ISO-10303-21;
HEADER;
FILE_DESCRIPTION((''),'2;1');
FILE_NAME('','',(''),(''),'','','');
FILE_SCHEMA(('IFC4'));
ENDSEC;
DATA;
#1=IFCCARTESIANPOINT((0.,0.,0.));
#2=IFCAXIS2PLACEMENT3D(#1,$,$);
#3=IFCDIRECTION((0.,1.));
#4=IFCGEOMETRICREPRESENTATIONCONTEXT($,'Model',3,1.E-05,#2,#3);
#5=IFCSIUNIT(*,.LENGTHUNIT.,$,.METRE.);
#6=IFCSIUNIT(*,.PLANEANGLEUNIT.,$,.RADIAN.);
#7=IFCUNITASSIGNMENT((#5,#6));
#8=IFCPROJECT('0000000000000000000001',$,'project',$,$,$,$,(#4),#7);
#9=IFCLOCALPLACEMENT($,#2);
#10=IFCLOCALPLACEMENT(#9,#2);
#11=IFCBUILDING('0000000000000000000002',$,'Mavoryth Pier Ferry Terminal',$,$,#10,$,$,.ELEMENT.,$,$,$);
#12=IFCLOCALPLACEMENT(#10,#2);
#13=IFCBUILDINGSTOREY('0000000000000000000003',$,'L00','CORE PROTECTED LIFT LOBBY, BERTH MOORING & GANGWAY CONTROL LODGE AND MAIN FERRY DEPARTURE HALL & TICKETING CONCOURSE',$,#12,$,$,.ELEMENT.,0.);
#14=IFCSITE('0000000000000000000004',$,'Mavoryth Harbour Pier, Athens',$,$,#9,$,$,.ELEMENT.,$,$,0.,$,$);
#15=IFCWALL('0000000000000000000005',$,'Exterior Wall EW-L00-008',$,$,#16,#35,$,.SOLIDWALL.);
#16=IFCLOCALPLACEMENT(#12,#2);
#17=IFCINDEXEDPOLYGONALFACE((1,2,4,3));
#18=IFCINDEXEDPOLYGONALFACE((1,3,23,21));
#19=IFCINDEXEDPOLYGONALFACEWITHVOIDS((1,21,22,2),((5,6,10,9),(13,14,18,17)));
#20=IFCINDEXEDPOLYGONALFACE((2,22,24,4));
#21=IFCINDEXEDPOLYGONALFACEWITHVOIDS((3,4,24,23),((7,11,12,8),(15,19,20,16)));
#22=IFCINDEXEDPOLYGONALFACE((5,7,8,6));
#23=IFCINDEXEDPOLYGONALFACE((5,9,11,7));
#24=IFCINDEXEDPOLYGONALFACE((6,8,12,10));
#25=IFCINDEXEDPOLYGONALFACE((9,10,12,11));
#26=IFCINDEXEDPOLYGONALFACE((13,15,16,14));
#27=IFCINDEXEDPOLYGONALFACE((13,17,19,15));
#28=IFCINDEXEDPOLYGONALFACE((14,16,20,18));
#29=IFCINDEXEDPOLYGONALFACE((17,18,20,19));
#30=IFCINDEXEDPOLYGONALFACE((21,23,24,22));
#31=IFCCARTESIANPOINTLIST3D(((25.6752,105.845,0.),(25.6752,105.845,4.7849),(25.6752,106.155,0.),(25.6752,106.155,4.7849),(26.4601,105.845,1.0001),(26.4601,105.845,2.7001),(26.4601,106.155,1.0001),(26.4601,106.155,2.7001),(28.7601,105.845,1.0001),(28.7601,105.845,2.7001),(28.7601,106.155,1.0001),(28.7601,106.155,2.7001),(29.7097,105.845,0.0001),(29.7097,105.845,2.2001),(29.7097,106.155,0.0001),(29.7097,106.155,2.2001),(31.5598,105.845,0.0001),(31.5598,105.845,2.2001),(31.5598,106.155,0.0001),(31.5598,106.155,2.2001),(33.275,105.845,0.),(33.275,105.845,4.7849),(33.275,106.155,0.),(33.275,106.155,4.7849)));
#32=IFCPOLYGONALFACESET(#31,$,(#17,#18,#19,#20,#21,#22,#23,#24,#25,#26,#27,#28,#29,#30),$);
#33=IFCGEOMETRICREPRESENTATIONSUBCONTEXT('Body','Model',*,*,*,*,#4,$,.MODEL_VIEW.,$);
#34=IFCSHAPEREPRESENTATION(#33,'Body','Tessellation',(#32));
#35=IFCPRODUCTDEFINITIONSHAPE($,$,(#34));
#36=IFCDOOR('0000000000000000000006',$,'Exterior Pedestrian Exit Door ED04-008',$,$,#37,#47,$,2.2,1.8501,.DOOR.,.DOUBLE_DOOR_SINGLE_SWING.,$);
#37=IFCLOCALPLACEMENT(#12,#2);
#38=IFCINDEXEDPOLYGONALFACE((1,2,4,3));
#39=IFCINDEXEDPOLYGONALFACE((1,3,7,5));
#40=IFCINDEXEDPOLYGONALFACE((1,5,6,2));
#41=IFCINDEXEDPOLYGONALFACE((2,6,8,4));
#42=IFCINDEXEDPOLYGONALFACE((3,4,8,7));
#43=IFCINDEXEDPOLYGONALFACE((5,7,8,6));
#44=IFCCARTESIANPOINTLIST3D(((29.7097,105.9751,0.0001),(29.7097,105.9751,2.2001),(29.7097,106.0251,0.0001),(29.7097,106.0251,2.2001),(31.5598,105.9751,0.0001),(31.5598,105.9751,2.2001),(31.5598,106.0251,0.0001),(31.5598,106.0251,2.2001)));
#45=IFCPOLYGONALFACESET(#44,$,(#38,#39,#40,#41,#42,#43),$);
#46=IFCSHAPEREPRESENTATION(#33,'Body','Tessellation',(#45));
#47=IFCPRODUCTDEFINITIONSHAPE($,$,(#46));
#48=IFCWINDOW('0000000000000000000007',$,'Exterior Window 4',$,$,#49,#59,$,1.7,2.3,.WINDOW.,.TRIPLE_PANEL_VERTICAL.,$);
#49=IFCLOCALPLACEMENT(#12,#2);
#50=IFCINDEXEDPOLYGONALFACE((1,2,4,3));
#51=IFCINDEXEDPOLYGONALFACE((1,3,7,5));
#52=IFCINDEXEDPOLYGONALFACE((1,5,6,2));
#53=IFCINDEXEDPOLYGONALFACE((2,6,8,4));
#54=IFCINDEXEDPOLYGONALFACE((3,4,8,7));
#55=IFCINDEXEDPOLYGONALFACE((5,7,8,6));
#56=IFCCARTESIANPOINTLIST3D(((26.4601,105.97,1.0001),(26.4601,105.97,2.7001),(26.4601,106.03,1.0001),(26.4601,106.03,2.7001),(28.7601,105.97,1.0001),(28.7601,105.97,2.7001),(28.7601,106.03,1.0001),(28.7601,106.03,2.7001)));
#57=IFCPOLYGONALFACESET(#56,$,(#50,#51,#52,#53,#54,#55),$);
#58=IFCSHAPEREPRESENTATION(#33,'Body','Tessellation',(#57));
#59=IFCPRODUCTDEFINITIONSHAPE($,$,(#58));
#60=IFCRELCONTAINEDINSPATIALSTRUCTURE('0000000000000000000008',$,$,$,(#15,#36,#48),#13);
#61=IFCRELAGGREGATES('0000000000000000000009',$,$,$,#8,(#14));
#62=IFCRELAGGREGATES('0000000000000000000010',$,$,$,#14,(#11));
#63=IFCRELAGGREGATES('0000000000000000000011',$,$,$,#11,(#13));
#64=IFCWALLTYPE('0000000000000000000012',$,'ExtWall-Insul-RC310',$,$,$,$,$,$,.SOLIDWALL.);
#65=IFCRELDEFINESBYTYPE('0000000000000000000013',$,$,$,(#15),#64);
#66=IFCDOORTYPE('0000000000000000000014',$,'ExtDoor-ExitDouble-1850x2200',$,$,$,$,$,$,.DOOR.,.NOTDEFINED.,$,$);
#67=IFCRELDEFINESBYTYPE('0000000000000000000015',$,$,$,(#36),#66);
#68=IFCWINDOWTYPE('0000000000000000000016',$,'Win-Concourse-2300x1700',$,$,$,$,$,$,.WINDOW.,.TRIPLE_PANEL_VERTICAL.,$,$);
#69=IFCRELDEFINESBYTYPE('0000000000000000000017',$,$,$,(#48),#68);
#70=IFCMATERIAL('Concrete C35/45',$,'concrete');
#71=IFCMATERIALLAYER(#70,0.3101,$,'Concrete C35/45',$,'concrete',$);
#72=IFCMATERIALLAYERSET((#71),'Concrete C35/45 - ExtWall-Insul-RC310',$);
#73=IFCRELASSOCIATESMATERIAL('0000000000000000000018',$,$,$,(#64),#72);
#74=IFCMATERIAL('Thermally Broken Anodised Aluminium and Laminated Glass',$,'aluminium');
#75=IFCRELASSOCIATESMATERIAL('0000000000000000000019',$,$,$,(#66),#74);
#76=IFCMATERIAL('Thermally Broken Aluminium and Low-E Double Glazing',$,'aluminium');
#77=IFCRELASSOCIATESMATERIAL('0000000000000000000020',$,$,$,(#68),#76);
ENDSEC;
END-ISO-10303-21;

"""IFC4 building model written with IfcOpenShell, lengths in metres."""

from ifc_helpers import new_model, si_unit, direction, frame, frame_2d, origin, place, context, subcontext, project, spatial, rectangle, extrude, material, layer, layer_set, type_object, element, fill, save


model = new_model("IFC4")

# Units and contexts
model_context = context("Model", 3, precision=1e-05, world=origin(), true_north=direction((0.0, 1.0)))
body_context = subcontext(model_context, "Body", "Model", "MODEL_VIEW")
ifc_project = project(units=[si_unit("LENGTHUNIT", "METRE"), si_unit("PLANEANGLEUNIT", "RADIAN")], contexts=[model_context])

# Site, building, storey
site_placement = place(None, origin())
site = spatial("IfcSite", under=ifc_project, at=site_placement, Name="Mavoryth Harbour Pier, Athens", CompositionType="ELEMENT", RefElevation=0.0)
building_placement = place(site_placement, origin())
building = spatial("IfcBuilding", under=site, at=building_placement, Name="Mavoryth Pier Ferry Terminal", CompositionType="ELEMENT")
storey_placement = place(building_placement, origin())
storey = spatial("IfcBuildingStorey", under=building, at=storey_placement, Name="L00", Description="CORE PROTECTED LIFT LOBBY, BERTH MOORING & GANGWAY CONTROL LODGE AND MAIN FERRY DEPARTURE HALL & TICKETING CONCOURSE", CompositionType="ELEMENT", Elevation=0.0)

# Shared definitions
ifc_material_1 = material(Name="Concrete C35/45", Category="concrete")

# Wall, openings, door, window
ifc_layer_1 = layer(ifc_material_1, 0.3101, Name="Concrete C35/45", Category="concrete")
ifc_layer_set_1 = layer_set([ifc_layer_1], Name="Concrete C35/45 - ExtWall-Insul-RC310")
wall_type = type_object("IfcWallType", Name="ExtWall-Insul-RC310", PredefinedType="SOLIDWALL", material=ifc_layer_set_1)
ifc_material_2 = material(Name="Thermally Broken Anodised Aluminium and Laminated Glass", Category="aluminium")
ifc_material_3 = material(Name="Thermally Broken Aluminium and Low-E Double Glazing", Category="aluminium")
wall_1_placement = place(storey_placement, frame((33.2749, 106.0, 0.0), z_axis=(0.0, 0.0, 1.0), x_axis=(-1.0, 0.0, 0.0)))
wall_1 = element("IfcWall", 1, at=wall_1_placement, inside=storey, type_object=wall_type, Name="Exterior Wall EW-L00-008", PredefinedType="SOLIDWALL", context=body_context, shape_type="SweptSolid", body=[
    extrude(rectangle(XDim=7.5999, YDim=0.3101, at=frame_2d((3.7998, 0.0))), origin(), (0.0, 0.0, 1.0), 4.7849),
])
opening_1_placement = place(wall_1_placement, frame((1.7151, 0.0, 0.0)))
opening_1 = element("IfcOpeningElement", 2, at=opening_1_placement, cuts=wall_1, PredefinedType="OPENING", context=body_context, shape_type="SweptSolid", body=[
    extrude(rectangle(XDim=1.8501, YDim=2.2, at=frame_2d((0.925, 1.1001))), frame((0.0, 0.165, 0.0), z_axis=(0.0, -1.0, 0.0), x_axis=(1.0, 0.0, 0.0)), (0.0, 0.0, 1.0), 0.3301),
])
opening_2_placement = place(wall_1_placement, frame((4.5149, 0.0, 1.0)))
opening_2 = element("IfcOpeningElement", 3, at=opening_2_placement, cuts=wall_1, PredefinedType="OPENING", context=body_context, shape_type="SweptSolid", body=[
    extrude(rectangle(XDim=2.3, YDim=1.7, at=frame_2d((1.1499, 0.8501))), frame((0.0, 0.165, 0.0), z_axis=(0.0, -1.0, 0.0), x_axis=(1.0, 0.0, 0.0)), (0.0, 0.0, 1.0), 0.3301),
])
door_type_1 = type_object("IfcDoorType", Name="ExtDoor-ExitDouble-1850x2200", OperationType="NOTDEFINED", PredefinedType="DOOR", material=ifc_material_2)
door_1_placement = place(opening_1_placement, origin())
door_1 = element("IfcDoor", 4, at=door_1_placement, inside=storey, type_object=door_type_1, Name="Exterior Pedestrian Exit Door ED04-008", OperationType="DOUBLE_DOOR_SINGLE_SWING", OverallHeight=2.2, OverallWidth=1.8501, PredefinedType="DOOR", context=body_context, shape_type="SweptSolid", body=[
    extrude(rectangle(XDim=1.8501, YDim=2.2, at=frame_2d((0.925, 1.1001))), frame((0.0, 0.0249, 0.0), z_axis=(0.0, -1.0, 0.0), x_axis=(1.0, 0.0, 0.0)), (0.0, 0.0, 1.0), 0.05),
])
fill(opening_1, door_1)
window_type_1 = type_object("IfcWindowType", Name="Win-Concourse-2300x1700", PartitioningType="TRIPLE_PANEL_VERTICAL", PredefinedType="WINDOW", material=ifc_material_3)
window_1_placement = place(opening_2_placement, origin())
window_1 = element("IfcWindow", 5, at=window_1_placement, inside=storey, type_object=window_type_1, Name="Exterior Window 4", OverallHeight=1.7, OverallWidth=2.3, PartitioningType="TRIPLE_PANEL_VERTICAL", PredefinedType="WINDOW", context=body_context, shape_type="SweptSolid", body=[
    extrude(rectangle(XDim=2.3, YDim=1.7, at=frame_2d((1.1499, 0.8501))), frame((0.0, 0.03, 0.0), z_axis=(0.0, -1.0, 0.0), x_axis=(1.0, 0.0, 0.0)), (0.0, 0.0, 1.0), 0.0601),
])
fill(opening_2, window_1)

save(model, "model.ifc")
